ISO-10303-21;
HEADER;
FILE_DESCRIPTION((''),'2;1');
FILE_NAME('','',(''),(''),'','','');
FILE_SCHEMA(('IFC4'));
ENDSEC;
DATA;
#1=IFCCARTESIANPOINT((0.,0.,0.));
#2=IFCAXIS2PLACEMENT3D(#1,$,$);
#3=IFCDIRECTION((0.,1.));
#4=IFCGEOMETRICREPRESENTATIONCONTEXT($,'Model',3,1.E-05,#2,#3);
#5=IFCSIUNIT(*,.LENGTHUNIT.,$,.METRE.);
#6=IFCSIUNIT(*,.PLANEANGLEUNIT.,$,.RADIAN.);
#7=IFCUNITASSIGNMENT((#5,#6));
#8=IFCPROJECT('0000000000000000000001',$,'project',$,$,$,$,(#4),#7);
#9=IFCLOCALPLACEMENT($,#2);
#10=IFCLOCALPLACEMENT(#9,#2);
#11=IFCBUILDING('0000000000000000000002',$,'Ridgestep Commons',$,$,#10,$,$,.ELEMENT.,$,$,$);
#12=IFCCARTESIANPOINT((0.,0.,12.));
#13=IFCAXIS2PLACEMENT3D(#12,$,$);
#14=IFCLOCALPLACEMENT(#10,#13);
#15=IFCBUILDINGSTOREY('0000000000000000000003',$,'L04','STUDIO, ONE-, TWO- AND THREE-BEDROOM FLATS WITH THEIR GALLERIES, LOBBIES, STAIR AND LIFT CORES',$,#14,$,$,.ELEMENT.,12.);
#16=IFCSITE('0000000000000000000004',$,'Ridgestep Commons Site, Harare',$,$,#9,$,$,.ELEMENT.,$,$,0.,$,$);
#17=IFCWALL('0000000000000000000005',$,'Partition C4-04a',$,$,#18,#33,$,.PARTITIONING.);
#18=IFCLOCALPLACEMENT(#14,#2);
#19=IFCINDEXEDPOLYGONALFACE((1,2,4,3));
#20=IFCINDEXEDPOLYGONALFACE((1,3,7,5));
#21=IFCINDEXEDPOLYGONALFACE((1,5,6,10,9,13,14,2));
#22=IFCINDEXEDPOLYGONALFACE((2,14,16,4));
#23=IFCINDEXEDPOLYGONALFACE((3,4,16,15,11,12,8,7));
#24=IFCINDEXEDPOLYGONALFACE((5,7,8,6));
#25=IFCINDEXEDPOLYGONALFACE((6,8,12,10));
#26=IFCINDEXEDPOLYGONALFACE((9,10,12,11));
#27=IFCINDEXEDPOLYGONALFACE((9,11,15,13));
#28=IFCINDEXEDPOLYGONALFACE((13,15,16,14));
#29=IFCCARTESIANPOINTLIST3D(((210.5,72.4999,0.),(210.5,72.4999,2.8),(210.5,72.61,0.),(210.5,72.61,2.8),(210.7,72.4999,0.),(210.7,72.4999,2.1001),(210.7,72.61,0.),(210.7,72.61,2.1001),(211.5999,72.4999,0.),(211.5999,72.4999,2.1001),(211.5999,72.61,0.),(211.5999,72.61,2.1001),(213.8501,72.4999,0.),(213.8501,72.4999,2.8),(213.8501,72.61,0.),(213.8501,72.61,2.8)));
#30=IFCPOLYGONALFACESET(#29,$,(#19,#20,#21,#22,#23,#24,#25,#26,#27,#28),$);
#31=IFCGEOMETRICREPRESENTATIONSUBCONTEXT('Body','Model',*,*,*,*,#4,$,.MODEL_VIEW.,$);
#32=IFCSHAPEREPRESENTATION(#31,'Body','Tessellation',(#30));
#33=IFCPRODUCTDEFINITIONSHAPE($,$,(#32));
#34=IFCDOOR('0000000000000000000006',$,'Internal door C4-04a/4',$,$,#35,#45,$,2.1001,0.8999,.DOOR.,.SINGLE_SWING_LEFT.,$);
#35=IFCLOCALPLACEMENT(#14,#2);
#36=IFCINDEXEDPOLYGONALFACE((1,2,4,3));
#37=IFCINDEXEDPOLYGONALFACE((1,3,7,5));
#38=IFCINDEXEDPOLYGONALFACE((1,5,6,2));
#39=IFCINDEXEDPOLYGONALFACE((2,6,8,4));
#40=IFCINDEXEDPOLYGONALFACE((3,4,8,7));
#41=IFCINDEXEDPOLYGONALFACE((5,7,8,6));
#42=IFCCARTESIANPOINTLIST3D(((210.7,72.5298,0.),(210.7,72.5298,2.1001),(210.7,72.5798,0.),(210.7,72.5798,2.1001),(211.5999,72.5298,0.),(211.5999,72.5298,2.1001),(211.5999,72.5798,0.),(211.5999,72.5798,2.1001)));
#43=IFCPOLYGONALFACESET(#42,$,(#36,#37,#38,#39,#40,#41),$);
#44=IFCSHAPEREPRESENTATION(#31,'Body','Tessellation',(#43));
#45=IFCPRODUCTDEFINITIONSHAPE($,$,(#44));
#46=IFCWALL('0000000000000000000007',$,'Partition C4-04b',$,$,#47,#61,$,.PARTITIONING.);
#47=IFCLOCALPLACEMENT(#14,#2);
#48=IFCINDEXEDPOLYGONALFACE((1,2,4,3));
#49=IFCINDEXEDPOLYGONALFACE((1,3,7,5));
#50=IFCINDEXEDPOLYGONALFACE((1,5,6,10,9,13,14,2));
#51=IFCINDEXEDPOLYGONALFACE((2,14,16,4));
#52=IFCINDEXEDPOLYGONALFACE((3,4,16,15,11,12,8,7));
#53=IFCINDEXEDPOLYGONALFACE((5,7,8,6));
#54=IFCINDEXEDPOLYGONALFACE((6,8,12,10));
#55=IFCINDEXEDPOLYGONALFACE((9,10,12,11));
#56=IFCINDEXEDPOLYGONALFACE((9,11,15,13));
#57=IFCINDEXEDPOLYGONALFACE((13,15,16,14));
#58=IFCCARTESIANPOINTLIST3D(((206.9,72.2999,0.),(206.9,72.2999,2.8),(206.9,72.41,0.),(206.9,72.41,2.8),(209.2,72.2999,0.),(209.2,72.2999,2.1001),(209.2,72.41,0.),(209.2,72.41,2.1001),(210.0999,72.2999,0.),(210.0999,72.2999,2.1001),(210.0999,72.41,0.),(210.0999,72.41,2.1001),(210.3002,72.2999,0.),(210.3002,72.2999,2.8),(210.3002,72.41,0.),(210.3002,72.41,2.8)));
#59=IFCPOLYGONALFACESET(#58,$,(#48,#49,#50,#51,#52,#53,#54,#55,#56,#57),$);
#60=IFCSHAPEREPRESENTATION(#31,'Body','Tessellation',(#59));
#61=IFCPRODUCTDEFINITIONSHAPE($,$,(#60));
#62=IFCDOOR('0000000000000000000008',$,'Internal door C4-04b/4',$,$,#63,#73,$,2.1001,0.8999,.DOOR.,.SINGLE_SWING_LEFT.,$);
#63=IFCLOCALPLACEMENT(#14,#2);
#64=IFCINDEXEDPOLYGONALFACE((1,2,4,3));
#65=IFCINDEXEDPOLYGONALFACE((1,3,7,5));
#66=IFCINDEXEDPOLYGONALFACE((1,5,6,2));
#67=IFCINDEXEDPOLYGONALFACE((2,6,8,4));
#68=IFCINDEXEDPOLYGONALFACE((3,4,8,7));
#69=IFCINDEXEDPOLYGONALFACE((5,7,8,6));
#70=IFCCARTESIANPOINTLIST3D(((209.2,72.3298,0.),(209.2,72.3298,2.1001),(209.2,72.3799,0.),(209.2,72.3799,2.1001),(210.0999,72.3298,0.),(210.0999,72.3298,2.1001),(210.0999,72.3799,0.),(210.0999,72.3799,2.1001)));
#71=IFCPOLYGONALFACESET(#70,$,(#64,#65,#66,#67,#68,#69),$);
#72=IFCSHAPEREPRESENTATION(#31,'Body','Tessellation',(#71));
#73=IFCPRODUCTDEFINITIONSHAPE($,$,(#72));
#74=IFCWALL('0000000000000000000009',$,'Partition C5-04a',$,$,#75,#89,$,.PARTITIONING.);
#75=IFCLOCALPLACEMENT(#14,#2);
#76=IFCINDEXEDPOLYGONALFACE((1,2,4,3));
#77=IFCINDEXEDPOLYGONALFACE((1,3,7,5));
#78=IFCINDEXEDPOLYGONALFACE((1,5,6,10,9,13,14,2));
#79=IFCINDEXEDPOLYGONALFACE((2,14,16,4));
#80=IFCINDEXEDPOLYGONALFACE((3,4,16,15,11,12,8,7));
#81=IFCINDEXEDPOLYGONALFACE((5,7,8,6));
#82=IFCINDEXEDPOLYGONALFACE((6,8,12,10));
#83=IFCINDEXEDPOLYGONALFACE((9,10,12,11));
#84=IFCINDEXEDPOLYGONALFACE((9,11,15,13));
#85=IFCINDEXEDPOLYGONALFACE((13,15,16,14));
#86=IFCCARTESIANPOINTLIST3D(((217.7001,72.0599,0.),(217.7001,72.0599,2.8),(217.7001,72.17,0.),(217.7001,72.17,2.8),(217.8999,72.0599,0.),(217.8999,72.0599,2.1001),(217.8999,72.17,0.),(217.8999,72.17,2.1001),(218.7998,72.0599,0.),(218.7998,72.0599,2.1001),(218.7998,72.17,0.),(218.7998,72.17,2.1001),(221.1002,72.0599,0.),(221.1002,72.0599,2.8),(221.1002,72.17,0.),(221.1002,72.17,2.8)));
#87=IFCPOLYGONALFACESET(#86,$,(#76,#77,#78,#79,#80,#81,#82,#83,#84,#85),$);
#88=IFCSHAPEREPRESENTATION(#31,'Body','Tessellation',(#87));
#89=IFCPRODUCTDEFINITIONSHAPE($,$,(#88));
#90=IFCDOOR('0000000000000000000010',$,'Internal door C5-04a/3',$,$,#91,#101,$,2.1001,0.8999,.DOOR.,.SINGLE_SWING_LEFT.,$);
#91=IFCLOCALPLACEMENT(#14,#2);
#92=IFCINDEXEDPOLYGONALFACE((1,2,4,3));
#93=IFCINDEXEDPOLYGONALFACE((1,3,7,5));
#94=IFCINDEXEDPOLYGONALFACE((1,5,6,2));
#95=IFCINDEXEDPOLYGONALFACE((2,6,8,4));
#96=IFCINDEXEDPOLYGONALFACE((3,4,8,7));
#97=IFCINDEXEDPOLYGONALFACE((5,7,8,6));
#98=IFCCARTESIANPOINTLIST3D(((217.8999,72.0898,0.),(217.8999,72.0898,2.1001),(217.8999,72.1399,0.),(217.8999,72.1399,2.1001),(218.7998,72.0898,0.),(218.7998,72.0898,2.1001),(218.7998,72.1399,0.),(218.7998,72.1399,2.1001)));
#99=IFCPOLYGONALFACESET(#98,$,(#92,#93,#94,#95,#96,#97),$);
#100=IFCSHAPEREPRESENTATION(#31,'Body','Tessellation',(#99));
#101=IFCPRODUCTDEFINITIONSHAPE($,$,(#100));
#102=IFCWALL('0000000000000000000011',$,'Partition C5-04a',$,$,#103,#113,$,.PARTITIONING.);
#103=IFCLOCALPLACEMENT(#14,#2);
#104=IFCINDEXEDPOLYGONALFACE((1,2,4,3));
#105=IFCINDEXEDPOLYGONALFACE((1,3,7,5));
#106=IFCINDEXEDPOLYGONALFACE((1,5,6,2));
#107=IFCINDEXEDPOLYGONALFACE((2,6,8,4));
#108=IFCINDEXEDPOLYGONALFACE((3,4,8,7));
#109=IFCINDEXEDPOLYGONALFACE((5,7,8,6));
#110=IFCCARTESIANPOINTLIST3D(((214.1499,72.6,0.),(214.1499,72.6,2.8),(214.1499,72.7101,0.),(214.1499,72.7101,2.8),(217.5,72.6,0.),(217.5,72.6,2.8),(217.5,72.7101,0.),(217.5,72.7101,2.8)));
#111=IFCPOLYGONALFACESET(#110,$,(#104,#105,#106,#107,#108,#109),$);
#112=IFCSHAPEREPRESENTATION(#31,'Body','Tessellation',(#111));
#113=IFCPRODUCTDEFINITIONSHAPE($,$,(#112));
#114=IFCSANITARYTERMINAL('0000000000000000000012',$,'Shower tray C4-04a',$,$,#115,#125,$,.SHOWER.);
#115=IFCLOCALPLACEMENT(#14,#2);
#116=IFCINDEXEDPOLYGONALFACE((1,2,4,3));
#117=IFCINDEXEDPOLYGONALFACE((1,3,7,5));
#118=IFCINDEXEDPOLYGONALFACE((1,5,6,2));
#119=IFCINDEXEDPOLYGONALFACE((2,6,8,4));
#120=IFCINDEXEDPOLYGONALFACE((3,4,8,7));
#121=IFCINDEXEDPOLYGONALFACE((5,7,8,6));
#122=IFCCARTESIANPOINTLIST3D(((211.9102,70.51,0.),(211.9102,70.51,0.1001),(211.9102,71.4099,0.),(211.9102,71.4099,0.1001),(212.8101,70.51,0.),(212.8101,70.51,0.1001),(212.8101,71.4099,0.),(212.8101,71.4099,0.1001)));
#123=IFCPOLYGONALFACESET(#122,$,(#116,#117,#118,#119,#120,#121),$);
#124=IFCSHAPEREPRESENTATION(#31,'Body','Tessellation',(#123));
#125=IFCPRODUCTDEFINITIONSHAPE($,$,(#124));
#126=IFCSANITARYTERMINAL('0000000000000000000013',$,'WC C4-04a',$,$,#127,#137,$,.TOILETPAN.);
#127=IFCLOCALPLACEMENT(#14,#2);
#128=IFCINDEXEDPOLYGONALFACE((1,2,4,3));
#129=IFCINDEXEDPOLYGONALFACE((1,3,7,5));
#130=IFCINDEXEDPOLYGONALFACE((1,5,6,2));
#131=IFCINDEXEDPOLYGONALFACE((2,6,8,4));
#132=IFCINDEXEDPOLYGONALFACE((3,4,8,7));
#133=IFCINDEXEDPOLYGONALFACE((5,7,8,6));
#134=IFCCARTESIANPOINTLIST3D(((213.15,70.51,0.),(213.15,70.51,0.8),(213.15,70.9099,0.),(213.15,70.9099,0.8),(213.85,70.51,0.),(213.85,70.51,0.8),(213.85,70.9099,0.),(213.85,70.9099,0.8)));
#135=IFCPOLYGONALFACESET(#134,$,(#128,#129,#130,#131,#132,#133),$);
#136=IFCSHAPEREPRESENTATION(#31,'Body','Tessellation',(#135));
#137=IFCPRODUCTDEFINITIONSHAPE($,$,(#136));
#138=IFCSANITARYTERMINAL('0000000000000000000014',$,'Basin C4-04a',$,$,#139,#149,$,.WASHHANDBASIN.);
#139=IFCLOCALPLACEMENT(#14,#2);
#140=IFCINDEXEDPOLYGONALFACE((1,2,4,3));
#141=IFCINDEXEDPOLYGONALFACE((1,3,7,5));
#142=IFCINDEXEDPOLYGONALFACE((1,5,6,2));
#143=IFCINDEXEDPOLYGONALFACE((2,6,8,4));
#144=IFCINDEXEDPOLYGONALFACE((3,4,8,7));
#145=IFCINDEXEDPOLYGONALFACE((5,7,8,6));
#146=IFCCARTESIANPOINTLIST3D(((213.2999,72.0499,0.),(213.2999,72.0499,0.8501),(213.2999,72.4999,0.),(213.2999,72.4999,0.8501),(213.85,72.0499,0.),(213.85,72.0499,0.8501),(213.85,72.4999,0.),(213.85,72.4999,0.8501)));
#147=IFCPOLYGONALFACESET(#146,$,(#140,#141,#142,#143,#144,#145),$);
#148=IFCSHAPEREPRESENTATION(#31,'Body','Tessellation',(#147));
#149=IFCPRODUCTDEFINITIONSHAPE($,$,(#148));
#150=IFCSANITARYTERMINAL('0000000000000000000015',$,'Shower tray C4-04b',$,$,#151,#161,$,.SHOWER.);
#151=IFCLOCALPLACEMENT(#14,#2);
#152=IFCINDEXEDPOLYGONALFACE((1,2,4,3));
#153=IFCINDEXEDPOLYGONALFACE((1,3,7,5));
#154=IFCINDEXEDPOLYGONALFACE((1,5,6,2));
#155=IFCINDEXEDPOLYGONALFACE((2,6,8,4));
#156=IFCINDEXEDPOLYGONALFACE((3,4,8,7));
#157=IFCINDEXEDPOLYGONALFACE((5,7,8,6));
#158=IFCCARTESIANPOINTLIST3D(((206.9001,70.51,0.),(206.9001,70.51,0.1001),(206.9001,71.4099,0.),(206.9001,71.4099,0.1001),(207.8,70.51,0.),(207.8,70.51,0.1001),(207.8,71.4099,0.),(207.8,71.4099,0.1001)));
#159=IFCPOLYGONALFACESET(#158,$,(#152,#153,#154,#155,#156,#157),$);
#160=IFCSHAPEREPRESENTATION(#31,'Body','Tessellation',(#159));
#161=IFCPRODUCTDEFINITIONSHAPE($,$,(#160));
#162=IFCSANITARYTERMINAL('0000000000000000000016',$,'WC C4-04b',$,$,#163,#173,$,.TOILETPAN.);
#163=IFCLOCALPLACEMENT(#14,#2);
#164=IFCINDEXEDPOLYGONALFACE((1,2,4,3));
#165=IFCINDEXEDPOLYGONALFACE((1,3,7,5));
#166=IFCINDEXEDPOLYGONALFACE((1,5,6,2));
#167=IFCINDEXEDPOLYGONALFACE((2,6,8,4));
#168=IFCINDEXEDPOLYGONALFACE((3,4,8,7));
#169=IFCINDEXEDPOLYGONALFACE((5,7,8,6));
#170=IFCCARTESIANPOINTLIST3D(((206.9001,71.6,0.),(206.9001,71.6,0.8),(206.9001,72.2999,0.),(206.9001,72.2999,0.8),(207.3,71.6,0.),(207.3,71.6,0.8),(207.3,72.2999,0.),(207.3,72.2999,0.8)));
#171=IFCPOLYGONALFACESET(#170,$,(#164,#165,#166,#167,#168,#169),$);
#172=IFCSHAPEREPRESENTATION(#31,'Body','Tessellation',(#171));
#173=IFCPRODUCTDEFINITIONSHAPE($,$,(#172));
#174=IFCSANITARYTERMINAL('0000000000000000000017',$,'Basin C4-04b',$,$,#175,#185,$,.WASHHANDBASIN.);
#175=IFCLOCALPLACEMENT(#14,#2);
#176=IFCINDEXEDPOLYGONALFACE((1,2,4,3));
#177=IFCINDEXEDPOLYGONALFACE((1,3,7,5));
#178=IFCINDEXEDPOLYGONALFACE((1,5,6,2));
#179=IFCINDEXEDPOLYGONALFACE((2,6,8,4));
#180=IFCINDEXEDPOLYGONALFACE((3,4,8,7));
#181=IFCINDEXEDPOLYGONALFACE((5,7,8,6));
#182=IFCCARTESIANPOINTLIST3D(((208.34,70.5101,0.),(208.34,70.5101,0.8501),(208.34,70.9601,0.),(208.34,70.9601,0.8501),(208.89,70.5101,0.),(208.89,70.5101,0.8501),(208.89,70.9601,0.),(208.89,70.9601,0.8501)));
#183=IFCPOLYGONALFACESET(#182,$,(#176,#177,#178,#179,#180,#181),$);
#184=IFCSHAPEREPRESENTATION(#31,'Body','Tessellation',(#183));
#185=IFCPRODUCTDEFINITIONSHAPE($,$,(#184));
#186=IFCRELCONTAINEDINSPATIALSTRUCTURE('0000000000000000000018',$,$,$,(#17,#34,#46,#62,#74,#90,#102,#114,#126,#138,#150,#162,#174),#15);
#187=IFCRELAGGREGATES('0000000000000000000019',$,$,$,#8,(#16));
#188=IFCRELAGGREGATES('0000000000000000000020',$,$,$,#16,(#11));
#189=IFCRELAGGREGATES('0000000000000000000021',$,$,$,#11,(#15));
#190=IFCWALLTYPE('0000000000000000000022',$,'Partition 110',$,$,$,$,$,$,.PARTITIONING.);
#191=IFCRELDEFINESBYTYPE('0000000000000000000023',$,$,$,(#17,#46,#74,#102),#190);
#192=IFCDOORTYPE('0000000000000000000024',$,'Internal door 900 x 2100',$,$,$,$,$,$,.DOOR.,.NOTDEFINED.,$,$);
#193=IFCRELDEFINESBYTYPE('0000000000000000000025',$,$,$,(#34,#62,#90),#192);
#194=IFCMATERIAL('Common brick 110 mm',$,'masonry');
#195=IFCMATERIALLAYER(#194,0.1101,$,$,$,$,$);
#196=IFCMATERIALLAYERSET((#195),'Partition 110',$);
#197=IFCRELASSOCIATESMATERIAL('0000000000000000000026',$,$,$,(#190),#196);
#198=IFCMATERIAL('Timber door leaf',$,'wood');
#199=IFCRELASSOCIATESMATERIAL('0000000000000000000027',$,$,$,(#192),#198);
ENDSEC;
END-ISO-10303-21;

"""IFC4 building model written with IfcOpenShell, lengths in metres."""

from ifc_helpers import new_model, si_unit, direction, frame, frame_2d, origin, origin_2d, place, context, subcontext, project, spatial, rectangle, extrude, material, layer, layer_set, type_object, element, fill, save


model = new_model("IFC4")

# Units and contexts
model_context = context("Model", 3, precision=1e-05, world=origin(), true_north=direction((0.0, 1.0)))
body_context = subcontext(model_context, "Body", "Model", "MODEL_VIEW")
ifc_project = project(units=[si_unit("LENGTHUNIT", "METRE"), si_unit("PLANEANGLEUNIT", "RADIAN")], contexts=[model_context])

# Site, building, storey
site_placement = place(None, origin())
site = spatial("IfcSite", under=ifc_project, at=site_placement, Name="Ridgestep Commons Site, Harare", CompositionType="ELEMENT", RefElevation=0.0)
building_placement = place(site_placement, origin())
building = spatial("IfcBuilding", under=site, at=building_placement, Name="Ridgestep Commons", CompositionType="ELEMENT")
storey_placement = place(building_placement, frame((0.0, 0.0, 12.0)))
storey = spatial("IfcBuildingStorey", under=building, at=storey_placement, Name="L04", Description="STUDIO, ONE-, TWO- AND THREE-BEDROOM FLATS WITH THEIR GALLERIES, LOBBIES, STAIR AND LIFT CORES", CompositionType="ELEMENT", Elevation=12.0)

# Walls, openings, doors
ifc_material_1 = material(Name="Common brick 110 mm", Category="masonry")
ifc_layer_1 = layer(ifc_material_1, 0.1101)
ifc_layer_set_1 = layer_set([ifc_layer_1], Name="Partition 110")
wall_type_1 = type_object("IfcWallType", Name="Partition 110", PredefinedType="PARTITIONING", material=ifc_layer_set_1)
wall_1_placement = place(storey_placement, frame((210.5, 72.5549, 0.0), z_axis=(0.0, 0.0, 1.0), x_axis=(1.0, 0.0, 0.0)))
wall_1 = element("IfcWall", 1, at=wall_1_placement, inside=storey, type_object=wall_type_1, Name="Partition C4-04a", PredefinedType="PARTITIONING", context=body_context, shape_type="SweptSolid", body=[
    extrude(rectangle(XDim=3.3501, YDim=0.1101, at=frame_2d((1.675, 0.0))), origin(), (0.0, 0.0, 1.0), 2.8),
])
opening_1_placement = place(wall_1_placement, frame((0.2, 0.0, 0.0)))
opening_1 = element("IfcOpeningElement", 2, at=opening_1_placement, cuts=wall_1, PredefinedType="OPENING", context=body_context, shape_type="SweptSolid", body=[
    extrude(rectangle(XDim=0.8999, YDim=2.1001, at=frame_2d((0.45, 1.05))), frame((0.0, 0.0649, 0.0), z_axis=(0.0, -1.0, 0.0), x_axis=(1.0, 0.0, 0.0)), (0.0, 0.0, 1.0), 0.1301),
])
ifc_material_2 = material(Name="Timber door leaf", Category="wood")
door_type_1 = type_object("IfcDoorType", Name="Internal door 900 x 2100", OperationType="NOTDEFINED", PredefinedType="DOOR", material=ifc_material_2)
door_1_placement = place(opening_1_placement, origin())
door_1 = element("IfcDoor", 3, at=door_1_placement, inside=storey, type_object=door_type_1, Name="Internal door C4-04a/4", OperationType="SINGLE_SWING_LEFT", OverallHeight=2.1001, OverallWidth=0.8999, PredefinedType="DOOR", context=body_context, shape_type="SweptSolid", body=[
    extrude(rectangle(XDim=0.8999, YDim=2.1001, at=frame_2d((0.45, 1.05))), frame((0.0, 0.0249, 0.0), z_axis=(0.0, -1.0, 0.0), x_axis=(1.0, 0.0, 0.0)), (0.0, 0.0, 1.0), 0.05),
])
fill(opening_1, door_1)
wall_2_placement = place(storey_placement, frame((206.8999, 72.355, 0.0), z_axis=(0.0, 0.0, 1.0), x_axis=(1.0, 0.0, 0.0)))
wall_2 = element("IfcWall", 4, at=wall_2_placement, inside=storey, type_object=wall_type_1, Name="Partition C4-04b", PredefinedType="PARTITIONING", context=body_context, shape_type="SweptSolid", body=[
    extrude(rectangle(XDim=3.4001, YDim=0.1101, at=frame_2d((1.7002, 0.0))), origin(), (0.0, 0.0, 1.0), 2.8),
])
opening_2_placement = place(wall_2_placement, frame((2.3, 0.0, 0.0)))
opening_2 = element("IfcOpeningElement", 5, at=opening_2_placement, cuts=wall_2, PredefinedType="OPENING", context=body_context, shape_type="SweptSolid", body=[
    extrude(rectangle(XDim=0.8999, YDim=2.1001, at=frame_2d((0.45, 1.05))), frame((0.0, 0.0649, 0.0), z_axis=(0.0, -1.0, 0.0), x_axis=(1.0, 0.0, 0.0)), (0.0, 0.0, 1.0), 0.1301),
])
door_2_placement = place(opening_2_placement, origin())
door_2 = element("IfcDoor", 6, at=door_2_placement, inside=storey, type_object=door_type_1, Name="Internal door C4-04b/4", OperationType="SINGLE_SWING_LEFT", OverallHeight=2.1001, OverallWidth=0.8999, PredefinedType="DOOR", context=body_context, shape_type="SweptSolid", body=[
    extrude(rectangle(XDim=0.8999, YDim=2.1001, at=frame_2d((0.45, 1.05))), frame((0.0, 0.0249, 0.0), z_axis=(0.0, -1.0, 0.0), x_axis=(1.0, 0.0, 0.0)), (0.0, 0.0, 1.0), 0.05),
])
fill(opening_2, door_2)
wall_3_placement = place(storey_placement, frame((217.7, 72.115, 0.0), z_axis=(0.0, 0.0, 1.0), x_axis=(1.0, 0.0, 0.0)))
wall_3 = element("IfcWall", 7, at=wall_3_placement, inside=storey, type_object=wall_type_1, Name="Partition C5-04a", PredefinedType="PARTITIONING", context=body_context, shape_type="SweptSolid", body=[
    extrude(rectangle(XDim=3.4001, YDim=0.1101, at=frame_2d((1.7002, 0.0))), origin(), (0.0, 0.0, 1.0), 2.8),
])
opening_3_placement = place(wall_3_placement, frame((0.2, 0.0, 0.0)))
opening_3 = element("IfcOpeningElement", 8, at=opening_3_placement, cuts=wall_3, PredefinedType="OPENING", context=body_context, shape_type="SweptSolid", body=[
    extrude(rectangle(XDim=0.8999, YDim=2.1001, at=frame_2d((0.45, 1.05))), frame((0.0, 0.0649, 0.0), z_axis=(0.0, -1.0, 0.0), x_axis=(1.0, 0.0, 0.0)), (0.0, 0.0, 1.0), 0.1301),
])
door_3_placement = place(opening_3_placement, origin())
door_3 = element("IfcDoor", 9, at=door_3_placement, inside=storey, type_object=door_type_1, Name="Internal door C5-04a/3", OperationType="SINGLE_SWING_LEFT", OverallHeight=2.1001, OverallWidth=0.8999, PredefinedType="DOOR", context=body_context, shape_type="SweptSolid", body=[
    extrude(rectangle(XDim=0.8999, YDim=2.1001, at=frame_2d((0.45, 1.05))), frame((0.0, 0.0249, 0.0), z_axis=(0.0, -1.0, 0.0), x_axis=(1.0, 0.0, 0.0)), (0.0, 0.0, 1.0), 0.05),
])
fill(opening_3, door_3)

# Wall
wall_4_placement = place(storey_placement, frame((214.1499, 72.655, 0.0), z_axis=(0.0, 0.0, 1.0), x_axis=(1.0, 0.0, 0.0)))
element("IfcWall", 10, at=wall_4_placement, inside=storey, type_object=wall_type_1, Name="Partition C5-04a", PredefinedType="PARTITIONING", context=body_context, shape_type="SweptSolid", body=[
    extrude(rectangle(XDim=3.3501, YDim=0.1101, at=frame_2d((1.675, 0.0))), origin(), (0.0, 0.0, 1.0), 2.8),
])

# Sanitary terminals
sanitary_terminal_1_placement = place(storey_placement, frame((212.3601, 70.96, 0.0), z_axis=(0.0, 0.0, 1.0), x_axis=(1.0, 0.0, 0.0)))
element("IfcSanitaryTerminal", 11, at=sanitary_terminal_1_placement, inside=storey, Name="Shower tray C4-04a", PredefinedType="SHOWER", context=body_context, shape_type="SweptSolid", body=[
    extrude(rectangle(XDim=0.8999, YDim=0.8999, at=origin_2d()), origin(), (0.0, 0.0, 1.0), 0.1001),
])
sanitary_terminal_2_placement = place(storey_placement, frame((213.5, 70.71, 0.0), z_axis=(0.0, 0.0, 1.0), x_axis=(1.0, 0.0, 0.0)))
element("IfcSanitaryTerminal", 12, at=sanitary_terminal_2_placement, inside=storey, Name="WC C4-04a", PredefinedType="TOILETPAN", context=body_context, shape_type="SweptSolid", body=[
    extrude(rectangle(XDim=0.7, YDim=0.3999, at=origin_2d()), origin(), (0.0, 0.0, 1.0), 0.8),
])
sanitary_terminal_3_placement = place(storey_placement, frame((213.575, 72.2749, 0.0), z_axis=(0.0, 0.0, 1.0), x_axis=(1.0, 0.0, 0.0)))
element("IfcSanitaryTerminal", 13, at=sanitary_terminal_3_placement, inside=storey, Name="Basin C4-04a", PredefinedType="WASHHANDBASIN", context=body_context, shape_type="SweptSolid", body=[
    extrude(rectangle(XDim=0.55, YDim=0.45, at=origin_2d()), origin(), (0.0, 0.0, 1.0), 0.8501),
])
sanitary_terminal_4_placement = place(storey_placement, frame((207.3501, 70.96, 0.0), z_axis=(0.0, 0.0, 1.0), x_axis=(1.0, 0.0, 0.0)))
element("IfcSanitaryTerminal", 14, at=sanitary_terminal_4_placement, inside=storey, Name="Shower tray C4-04b", PredefinedType="SHOWER", context=body_context, shape_type="SweptSolid", body=[
    extrude(rectangle(XDim=0.8999, YDim=0.8999, at=origin_2d()), origin(), (0.0, 0.0, 1.0), 0.1001),
])
sanitary_terminal_5_placement = place(storey_placement, frame((207.1001, 71.95, 0.0), z_axis=(0.0, 0.0, 1.0), x_axis=(1.0, 0.0, 0.0)))
element("IfcSanitaryTerminal", 15, at=sanitary_terminal_5_placement, inside=storey, Name="WC C4-04b", PredefinedType="TOILETPAN", context=body_context, shape_type="SweptSolid", body=[
    extrude(rectangle(XDim=0.3999, YDim=0.7, at=origin_2d()), origin(), (0.0, 0.0, 1.0), 0.8),
])
for number, where, z_axis, x_axis, name in (
    (16, (208.615, 70.7351, 0.0), (0.0, 0.0, 1.0), (1.0, 0.0, 0.0), "Basin C4-04b"),
):
    element("IfcSanitaryTerminal", number, at=place(storey_placement, frame(where, z_axis=z_axis, x_axis=x_axis)), inside=storey, Name=name, PredefinedType="WASHHANDBASIN", context=body_context, shape_type="SweptSolid", body=[
        extrude(rectangle(XDim=0.55, YDim=0.45, at=origin_2d()), origin(), (0.0, 0.0, 1.0), 0.8501),
    ])

save(model, "model.ifc")
